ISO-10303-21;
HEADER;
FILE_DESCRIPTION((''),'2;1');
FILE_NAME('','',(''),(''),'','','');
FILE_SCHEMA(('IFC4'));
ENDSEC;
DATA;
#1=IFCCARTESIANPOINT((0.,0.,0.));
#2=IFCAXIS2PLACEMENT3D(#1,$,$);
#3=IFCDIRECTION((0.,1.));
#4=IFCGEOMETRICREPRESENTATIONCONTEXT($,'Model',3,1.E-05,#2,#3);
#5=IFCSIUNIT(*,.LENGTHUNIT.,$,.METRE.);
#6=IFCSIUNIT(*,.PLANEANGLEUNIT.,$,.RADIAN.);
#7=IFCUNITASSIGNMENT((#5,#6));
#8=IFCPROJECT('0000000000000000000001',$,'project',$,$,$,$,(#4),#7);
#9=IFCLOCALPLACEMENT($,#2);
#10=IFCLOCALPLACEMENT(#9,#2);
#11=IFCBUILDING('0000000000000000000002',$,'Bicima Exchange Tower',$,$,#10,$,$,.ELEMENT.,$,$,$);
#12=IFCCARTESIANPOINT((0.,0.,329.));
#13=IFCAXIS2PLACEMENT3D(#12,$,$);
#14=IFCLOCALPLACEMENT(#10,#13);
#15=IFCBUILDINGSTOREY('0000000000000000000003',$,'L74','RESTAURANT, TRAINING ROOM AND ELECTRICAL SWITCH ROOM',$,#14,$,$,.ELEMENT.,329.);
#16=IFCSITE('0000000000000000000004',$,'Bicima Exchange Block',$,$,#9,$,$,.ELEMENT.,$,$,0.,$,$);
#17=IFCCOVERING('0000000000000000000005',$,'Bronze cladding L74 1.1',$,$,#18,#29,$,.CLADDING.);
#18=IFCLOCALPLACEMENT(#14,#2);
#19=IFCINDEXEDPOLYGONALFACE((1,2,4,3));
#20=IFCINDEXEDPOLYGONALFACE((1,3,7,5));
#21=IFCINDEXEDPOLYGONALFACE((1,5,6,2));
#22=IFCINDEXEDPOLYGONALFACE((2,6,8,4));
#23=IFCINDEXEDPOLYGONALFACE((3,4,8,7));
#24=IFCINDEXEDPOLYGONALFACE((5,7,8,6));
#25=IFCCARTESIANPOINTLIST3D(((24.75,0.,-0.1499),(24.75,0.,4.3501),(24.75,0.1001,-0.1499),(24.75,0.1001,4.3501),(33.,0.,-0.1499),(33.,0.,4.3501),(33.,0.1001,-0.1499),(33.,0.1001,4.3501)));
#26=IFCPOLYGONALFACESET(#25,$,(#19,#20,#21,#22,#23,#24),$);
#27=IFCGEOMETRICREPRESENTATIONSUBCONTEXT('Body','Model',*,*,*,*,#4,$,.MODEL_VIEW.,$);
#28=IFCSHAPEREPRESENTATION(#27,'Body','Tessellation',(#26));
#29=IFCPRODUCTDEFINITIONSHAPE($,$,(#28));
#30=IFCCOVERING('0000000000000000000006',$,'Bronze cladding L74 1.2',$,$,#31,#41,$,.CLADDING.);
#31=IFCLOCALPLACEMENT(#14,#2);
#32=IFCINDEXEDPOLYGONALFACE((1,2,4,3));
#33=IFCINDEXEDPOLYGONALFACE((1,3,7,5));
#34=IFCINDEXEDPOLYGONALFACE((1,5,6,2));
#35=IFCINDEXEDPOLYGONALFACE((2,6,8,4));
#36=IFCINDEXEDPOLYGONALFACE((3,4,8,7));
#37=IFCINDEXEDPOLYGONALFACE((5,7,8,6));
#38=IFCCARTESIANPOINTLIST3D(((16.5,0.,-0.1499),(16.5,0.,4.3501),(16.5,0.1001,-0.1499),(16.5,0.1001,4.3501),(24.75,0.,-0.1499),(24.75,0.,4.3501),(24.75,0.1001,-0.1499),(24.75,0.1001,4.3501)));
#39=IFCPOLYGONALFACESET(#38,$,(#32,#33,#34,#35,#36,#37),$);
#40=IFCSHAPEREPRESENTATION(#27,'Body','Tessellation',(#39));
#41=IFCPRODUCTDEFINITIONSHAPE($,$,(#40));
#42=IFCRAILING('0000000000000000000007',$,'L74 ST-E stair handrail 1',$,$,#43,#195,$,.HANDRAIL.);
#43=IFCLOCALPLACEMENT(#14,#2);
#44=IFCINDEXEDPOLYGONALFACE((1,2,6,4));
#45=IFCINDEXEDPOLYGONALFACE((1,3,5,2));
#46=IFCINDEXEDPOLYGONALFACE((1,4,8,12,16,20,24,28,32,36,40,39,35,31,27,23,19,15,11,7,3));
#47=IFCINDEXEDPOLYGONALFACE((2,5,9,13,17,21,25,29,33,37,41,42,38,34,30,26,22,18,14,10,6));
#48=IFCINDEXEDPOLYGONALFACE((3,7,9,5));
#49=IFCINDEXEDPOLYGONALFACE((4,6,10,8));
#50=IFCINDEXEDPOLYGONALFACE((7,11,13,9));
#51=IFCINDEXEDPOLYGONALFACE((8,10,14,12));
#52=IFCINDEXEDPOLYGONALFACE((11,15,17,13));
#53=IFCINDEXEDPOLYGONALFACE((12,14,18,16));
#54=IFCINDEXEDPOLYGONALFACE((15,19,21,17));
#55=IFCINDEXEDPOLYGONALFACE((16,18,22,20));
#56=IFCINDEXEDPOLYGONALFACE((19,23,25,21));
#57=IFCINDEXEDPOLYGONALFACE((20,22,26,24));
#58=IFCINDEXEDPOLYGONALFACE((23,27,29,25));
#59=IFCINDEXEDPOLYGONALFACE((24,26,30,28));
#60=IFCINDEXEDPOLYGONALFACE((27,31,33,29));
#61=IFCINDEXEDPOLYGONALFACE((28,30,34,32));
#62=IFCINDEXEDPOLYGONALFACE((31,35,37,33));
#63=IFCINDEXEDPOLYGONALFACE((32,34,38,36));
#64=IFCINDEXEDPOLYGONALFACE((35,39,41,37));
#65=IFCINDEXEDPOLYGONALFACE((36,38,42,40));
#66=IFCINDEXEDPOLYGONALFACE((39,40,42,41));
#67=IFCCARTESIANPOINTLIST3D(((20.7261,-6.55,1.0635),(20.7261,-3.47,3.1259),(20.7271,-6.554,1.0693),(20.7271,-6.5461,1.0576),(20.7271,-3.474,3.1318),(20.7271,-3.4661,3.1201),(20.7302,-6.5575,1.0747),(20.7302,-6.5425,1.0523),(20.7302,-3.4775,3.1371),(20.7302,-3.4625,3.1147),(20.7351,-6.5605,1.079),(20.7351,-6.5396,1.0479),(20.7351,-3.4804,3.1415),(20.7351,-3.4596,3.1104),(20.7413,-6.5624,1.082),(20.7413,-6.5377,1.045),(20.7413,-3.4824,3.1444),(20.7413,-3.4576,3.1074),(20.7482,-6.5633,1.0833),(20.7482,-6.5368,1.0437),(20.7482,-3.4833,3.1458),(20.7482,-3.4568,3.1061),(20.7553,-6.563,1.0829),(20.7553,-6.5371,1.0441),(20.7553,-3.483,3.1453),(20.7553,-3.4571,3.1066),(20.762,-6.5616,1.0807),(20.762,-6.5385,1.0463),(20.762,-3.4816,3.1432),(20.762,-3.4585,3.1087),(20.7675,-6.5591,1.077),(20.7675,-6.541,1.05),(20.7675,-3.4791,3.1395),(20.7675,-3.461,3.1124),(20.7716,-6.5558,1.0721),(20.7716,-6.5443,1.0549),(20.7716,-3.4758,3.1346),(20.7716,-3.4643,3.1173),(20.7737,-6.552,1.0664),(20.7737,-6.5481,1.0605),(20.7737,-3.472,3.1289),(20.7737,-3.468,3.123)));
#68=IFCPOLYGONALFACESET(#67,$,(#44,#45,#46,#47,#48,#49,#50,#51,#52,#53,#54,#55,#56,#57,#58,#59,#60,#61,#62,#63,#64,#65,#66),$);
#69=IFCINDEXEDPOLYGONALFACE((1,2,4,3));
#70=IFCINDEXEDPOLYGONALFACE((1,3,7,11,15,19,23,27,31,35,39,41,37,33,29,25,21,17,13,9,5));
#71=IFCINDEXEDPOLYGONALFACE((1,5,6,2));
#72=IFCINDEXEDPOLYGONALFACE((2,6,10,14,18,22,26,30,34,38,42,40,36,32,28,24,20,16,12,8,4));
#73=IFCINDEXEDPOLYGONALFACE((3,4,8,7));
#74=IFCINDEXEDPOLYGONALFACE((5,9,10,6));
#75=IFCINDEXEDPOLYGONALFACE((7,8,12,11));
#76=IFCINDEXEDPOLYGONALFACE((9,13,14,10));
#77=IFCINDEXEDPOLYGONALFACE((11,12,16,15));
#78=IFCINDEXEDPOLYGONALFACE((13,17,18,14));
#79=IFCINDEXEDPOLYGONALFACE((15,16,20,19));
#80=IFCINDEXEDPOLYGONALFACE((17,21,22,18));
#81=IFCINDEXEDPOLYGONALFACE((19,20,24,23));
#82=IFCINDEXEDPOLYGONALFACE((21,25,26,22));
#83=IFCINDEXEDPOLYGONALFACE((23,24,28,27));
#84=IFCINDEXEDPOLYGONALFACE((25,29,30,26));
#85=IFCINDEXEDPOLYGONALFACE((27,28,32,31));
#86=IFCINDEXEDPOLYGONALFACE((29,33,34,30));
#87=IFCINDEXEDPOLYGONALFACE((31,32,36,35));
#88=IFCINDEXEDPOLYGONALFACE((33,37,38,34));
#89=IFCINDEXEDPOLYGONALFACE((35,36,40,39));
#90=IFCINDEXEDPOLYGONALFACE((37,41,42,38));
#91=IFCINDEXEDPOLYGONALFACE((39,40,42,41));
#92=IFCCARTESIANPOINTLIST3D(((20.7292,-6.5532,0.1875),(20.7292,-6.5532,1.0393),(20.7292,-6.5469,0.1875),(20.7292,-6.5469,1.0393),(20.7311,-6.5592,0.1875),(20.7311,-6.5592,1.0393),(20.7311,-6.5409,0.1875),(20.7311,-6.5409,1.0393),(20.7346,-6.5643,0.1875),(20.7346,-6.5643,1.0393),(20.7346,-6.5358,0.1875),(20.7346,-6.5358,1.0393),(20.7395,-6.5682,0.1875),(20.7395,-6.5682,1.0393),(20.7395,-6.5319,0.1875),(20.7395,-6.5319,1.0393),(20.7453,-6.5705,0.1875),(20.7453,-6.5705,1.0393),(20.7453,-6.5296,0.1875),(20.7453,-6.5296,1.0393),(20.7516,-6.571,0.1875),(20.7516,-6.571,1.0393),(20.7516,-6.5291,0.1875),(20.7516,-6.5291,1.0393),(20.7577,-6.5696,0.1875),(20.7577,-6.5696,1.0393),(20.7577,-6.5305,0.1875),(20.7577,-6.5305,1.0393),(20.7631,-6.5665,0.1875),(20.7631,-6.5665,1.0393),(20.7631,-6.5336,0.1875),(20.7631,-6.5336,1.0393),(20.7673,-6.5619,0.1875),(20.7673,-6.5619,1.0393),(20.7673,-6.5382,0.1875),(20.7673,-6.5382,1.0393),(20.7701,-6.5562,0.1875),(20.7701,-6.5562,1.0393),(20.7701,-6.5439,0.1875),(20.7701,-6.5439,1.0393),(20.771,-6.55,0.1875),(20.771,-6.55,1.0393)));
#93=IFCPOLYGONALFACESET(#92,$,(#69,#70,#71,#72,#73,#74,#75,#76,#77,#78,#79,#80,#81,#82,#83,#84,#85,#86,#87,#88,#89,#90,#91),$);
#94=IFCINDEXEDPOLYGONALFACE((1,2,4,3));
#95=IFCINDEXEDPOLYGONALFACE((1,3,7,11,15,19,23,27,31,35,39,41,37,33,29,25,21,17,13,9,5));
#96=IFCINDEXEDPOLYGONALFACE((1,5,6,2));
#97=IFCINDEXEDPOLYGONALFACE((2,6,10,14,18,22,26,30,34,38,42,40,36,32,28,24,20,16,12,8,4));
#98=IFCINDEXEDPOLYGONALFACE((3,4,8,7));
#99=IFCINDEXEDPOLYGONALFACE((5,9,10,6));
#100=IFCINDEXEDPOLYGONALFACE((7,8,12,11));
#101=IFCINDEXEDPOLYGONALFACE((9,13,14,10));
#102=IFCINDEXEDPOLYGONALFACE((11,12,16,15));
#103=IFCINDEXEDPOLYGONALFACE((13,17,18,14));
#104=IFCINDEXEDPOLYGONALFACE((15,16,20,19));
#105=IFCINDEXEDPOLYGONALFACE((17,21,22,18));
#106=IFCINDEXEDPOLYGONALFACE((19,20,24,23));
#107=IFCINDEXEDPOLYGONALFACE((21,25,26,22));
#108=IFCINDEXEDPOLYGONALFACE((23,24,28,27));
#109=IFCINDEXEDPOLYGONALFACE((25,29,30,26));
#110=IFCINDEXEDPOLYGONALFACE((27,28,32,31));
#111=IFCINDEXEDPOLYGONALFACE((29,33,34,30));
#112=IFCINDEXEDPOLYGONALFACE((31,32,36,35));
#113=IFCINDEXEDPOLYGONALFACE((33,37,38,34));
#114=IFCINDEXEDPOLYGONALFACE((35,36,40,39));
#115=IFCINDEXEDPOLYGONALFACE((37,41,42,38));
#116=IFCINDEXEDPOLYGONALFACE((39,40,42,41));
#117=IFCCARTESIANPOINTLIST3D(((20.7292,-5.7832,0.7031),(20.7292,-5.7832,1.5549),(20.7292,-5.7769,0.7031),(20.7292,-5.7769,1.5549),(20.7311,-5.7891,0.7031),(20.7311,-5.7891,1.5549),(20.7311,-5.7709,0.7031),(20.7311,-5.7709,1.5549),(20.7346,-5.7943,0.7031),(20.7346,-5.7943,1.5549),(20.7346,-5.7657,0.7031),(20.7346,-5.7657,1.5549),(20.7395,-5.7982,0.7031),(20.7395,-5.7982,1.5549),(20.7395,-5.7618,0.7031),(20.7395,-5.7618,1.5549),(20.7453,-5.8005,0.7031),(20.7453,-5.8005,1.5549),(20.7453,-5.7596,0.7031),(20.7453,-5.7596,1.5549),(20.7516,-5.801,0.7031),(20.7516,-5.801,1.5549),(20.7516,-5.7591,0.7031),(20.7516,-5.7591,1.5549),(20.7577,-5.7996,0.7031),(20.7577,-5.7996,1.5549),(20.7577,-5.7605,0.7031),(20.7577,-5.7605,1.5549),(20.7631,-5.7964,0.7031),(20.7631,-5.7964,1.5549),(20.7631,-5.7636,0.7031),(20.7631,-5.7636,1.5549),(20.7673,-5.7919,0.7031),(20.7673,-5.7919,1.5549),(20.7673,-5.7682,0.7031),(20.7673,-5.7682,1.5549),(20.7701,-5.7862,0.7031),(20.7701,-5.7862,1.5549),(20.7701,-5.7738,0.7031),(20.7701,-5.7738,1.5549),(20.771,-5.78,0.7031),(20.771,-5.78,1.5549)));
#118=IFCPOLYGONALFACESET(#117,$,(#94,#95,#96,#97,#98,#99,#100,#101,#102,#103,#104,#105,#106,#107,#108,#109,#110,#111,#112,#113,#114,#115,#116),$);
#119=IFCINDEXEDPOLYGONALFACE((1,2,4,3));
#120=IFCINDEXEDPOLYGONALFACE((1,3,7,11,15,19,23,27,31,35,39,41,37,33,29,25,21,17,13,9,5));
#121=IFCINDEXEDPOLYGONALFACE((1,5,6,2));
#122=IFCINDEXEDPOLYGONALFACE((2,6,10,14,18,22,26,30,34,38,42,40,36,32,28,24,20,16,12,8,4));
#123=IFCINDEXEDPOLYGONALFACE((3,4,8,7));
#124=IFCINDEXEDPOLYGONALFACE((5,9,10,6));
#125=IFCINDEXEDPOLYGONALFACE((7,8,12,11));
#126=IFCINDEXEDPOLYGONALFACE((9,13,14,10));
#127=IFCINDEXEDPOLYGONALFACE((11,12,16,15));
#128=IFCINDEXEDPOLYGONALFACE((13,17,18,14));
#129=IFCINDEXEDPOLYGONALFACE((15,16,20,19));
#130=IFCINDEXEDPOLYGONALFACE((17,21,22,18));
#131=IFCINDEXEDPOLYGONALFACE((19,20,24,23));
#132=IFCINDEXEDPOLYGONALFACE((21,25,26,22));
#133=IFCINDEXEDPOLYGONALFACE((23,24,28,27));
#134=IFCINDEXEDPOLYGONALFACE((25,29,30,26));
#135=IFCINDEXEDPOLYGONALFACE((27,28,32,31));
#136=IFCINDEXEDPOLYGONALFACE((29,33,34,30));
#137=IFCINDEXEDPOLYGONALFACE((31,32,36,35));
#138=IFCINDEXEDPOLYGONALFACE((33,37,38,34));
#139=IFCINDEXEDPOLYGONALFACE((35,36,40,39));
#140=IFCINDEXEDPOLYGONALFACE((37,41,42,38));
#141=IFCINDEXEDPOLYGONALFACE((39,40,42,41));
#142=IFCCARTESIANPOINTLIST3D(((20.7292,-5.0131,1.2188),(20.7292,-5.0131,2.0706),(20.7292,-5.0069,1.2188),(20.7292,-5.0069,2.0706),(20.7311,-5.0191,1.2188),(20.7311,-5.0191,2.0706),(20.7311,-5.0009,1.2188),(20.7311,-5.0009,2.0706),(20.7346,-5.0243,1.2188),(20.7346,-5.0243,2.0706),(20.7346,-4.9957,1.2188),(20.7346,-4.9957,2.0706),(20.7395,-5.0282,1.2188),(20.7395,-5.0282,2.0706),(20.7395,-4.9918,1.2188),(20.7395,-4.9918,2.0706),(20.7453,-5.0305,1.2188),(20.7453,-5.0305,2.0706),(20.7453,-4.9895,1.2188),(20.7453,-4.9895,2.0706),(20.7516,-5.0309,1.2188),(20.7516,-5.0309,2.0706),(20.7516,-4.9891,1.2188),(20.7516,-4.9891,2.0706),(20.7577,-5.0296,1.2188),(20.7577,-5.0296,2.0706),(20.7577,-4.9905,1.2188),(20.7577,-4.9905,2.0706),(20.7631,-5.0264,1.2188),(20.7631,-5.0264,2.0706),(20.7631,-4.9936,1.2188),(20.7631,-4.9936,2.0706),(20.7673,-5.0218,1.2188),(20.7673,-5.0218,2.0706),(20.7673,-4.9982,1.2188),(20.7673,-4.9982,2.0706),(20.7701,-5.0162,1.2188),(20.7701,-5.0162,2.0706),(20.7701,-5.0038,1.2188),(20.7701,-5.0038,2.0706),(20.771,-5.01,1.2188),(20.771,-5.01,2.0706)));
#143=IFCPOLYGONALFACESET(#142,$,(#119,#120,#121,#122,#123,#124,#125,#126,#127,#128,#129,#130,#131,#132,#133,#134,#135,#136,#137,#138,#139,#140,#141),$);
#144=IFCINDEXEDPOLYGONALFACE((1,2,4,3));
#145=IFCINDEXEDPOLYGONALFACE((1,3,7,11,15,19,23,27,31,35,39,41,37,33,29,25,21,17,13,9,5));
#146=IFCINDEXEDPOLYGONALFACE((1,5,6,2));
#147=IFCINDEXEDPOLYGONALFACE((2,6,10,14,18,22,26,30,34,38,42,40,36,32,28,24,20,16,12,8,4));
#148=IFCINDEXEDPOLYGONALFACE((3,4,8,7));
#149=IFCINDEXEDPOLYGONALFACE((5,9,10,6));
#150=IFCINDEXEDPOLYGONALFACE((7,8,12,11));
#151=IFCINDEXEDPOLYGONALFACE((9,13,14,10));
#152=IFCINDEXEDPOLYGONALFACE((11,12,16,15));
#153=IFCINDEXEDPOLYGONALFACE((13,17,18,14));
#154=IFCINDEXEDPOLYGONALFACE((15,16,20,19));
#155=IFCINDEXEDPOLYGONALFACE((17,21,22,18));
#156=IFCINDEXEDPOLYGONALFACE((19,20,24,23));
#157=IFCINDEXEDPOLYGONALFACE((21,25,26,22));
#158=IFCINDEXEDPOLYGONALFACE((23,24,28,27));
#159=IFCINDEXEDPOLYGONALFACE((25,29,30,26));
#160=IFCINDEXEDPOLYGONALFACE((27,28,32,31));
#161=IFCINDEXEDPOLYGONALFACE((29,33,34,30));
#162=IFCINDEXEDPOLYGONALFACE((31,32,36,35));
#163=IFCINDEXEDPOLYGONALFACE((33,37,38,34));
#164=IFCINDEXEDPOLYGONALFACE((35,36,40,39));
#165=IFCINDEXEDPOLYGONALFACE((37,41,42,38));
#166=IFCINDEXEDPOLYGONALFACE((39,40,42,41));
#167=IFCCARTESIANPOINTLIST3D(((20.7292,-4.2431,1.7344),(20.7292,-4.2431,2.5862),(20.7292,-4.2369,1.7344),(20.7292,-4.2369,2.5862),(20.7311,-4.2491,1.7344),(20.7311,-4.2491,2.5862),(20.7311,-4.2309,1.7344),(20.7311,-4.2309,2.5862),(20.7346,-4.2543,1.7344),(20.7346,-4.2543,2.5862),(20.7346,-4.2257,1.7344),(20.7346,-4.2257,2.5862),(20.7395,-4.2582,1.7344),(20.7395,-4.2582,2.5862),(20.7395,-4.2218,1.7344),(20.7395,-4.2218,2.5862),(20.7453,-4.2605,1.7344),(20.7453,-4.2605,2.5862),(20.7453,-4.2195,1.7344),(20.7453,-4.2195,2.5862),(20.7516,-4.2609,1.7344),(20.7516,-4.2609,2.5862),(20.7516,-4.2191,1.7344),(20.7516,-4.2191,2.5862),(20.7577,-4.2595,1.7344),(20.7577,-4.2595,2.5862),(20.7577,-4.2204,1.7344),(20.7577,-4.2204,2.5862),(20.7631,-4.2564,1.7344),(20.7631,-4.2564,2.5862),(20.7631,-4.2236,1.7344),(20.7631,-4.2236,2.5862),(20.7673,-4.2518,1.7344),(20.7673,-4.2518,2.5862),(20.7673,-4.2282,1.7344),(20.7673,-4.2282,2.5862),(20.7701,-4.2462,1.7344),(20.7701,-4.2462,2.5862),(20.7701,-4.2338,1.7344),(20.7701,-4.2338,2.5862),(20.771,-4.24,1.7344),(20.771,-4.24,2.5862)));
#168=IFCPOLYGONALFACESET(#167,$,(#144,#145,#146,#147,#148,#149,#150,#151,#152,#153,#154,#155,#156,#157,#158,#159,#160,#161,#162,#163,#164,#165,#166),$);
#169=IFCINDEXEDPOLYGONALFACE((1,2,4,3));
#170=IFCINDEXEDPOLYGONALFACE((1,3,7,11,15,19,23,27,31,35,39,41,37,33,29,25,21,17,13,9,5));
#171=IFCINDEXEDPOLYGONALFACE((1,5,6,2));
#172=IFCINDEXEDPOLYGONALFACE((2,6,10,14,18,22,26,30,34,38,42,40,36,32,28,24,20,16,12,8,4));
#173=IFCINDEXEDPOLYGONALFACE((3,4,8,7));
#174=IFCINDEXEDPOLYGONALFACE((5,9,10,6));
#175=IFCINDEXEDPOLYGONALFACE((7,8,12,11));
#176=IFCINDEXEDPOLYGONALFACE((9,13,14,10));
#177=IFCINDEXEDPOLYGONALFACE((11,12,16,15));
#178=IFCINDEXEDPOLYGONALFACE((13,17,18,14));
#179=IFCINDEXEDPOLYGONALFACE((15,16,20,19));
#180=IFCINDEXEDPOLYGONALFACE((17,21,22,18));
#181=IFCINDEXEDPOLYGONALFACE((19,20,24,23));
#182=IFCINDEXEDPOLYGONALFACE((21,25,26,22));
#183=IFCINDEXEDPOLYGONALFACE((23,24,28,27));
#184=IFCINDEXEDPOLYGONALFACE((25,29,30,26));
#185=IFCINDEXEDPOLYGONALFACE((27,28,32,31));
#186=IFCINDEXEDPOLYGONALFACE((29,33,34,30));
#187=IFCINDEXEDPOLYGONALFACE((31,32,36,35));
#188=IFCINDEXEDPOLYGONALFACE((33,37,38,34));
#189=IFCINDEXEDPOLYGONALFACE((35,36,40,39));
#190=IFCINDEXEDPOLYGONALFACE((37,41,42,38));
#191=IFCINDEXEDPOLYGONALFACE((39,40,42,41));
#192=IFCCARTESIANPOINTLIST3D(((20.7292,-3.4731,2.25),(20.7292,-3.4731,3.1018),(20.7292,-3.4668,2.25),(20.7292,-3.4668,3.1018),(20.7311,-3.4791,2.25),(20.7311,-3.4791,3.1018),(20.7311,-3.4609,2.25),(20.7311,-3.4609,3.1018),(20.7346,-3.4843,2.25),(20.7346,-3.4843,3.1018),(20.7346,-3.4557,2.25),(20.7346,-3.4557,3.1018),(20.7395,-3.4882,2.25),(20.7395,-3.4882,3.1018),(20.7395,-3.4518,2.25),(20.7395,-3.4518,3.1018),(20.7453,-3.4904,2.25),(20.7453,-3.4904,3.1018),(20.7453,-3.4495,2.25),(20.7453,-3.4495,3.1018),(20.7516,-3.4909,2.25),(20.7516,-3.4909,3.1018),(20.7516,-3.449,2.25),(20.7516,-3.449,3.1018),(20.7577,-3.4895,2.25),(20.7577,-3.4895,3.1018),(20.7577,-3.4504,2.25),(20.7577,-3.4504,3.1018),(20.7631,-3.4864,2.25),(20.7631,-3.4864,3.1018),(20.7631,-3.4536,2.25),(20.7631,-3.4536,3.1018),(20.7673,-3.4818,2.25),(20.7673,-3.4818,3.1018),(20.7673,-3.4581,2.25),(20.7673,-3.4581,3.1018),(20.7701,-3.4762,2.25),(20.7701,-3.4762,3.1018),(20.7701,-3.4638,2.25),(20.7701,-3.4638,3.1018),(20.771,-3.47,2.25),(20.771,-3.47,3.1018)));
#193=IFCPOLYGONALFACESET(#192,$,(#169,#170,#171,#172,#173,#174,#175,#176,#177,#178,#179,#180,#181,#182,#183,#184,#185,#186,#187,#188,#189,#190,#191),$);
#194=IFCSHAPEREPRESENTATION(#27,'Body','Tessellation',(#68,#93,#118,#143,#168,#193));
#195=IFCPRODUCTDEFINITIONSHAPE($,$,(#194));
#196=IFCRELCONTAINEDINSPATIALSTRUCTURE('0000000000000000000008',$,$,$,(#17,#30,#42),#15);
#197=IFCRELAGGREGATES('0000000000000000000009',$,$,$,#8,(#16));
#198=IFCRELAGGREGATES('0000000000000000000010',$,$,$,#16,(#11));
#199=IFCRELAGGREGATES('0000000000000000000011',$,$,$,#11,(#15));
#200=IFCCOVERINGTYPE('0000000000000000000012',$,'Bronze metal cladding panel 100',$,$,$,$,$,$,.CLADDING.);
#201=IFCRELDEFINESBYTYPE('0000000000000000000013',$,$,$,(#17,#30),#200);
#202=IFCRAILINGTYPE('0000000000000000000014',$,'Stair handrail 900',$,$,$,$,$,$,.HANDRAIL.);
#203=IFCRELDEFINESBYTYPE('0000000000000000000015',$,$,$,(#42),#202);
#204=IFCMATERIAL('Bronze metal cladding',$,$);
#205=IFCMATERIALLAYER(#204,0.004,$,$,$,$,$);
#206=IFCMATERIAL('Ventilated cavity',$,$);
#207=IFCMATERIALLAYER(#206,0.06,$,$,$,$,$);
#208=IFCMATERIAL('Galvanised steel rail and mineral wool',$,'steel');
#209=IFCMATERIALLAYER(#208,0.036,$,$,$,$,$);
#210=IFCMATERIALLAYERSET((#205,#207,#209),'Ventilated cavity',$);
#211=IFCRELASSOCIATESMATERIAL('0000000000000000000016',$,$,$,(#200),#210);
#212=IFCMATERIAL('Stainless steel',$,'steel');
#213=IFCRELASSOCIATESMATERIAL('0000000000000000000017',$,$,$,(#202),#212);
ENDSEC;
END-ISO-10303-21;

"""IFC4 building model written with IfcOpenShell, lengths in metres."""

from ifc_helpers import new_model, si_unit, direction, frame, origin, origin_2d, place, context, subcontext, project, spatial, rectangle, circle, extrude, material, layer, layer_set, type_object, element, save


model = new_model("IFC4")

# Units and contexts
model_context = context("Model", 3, precision=1e-05, world=origin(), true_north=direction((0.0, 1.0)))
body_context = subcontext(model_context, "Body", "Model", "MODEL_VIEW")
ifc_project = project(units=[si_unit("LENGTHUNIT", "METRE"), si_unit("PLANEANGLEUNIT", "RADIAN")], contexts=[model_context])

# Site, building, storey
site_placement = place(None, origin())
site = spatial("IfcSite", under=ifc_project, at=site_placement, Name="Bicima Exchange Block", CompositionType="ELEMENT", RefElevation=0.0)
building_placement = place(site_placement, origin())
building = spatial("IfcBuilding", under=site, at=building_placement, Name="Bicima Exchange Tower", CompositionType="ELEMENT")
storey_placement = place(building_placement, frame((0.0, 0.0, 329.0)))
storey = spatial("IfcBuildingStorey", under=building, at=storey_placement, Name="L74", Description="RESTAURANT, TRAINING ROOM AND ELECTRICAL SWITCH ROOM", CompositionType="ELEMENT", Elevation=329.0)

# Coverings
ifc_material_1 = material(Name="Bronze metal cladding")
ifc_layer_1 = layer(ifc_material_1, 0.004)
ifc_material_2 = material(Name="Ventilated cavity")
ifc_layer_2 = layer(ifc_material_2, 0.06)
ifc_material_3 = material(Name="Galvanised steel rail and mineral wool", Category="steel")
ifc_layer_3 = layer(ifc_material_3, 0.036)
ifc_layer_set_1 = layer_set([ifc_layer_1, ifc_layer_2, ifc_layer_3], Name="Ventilated cavity")
covering_type = type_object("IfcCoveringType", Name="Bronze metal cladding panel 100", PredefinedType="CLADDING", material=ifc_layer_set_1)
for number, where, z_axis, x_axis, name in (
    (1, (28.875, 0.05, -0.1499), (0.0, 0.0, 1.0), (-1.0, 0.0, 0.0), "Bronze cladding L74 1.1"),
    (2, (20.625, 0.05, -0.1499), (0.0, 0.0, 1.0), (-1.0, 0.0, 0.0), "Bronze cladding L74 1.2"),
):
    element("IfcCovering", number, at=place(storey_placement, frame(where, z_axis=z_axis, x_axis=x_axis)), inside=storey, type_object=covering_type, Name=name, PredefinedType="CLADDING", context=body_context, shape_type="SweptSolid", body=[
        extrude(rectangle(XDim=8.25, YDim=0.1001, at=origin_2d()), origin(), (0.0, 0.0, 1.0), 4.5),
    ])

# Railing
ifc_material_4 = material(Name="Stainless steel", Category="steel")
railing_type_1 = type_object("IfcRailingType", Name="Stair handrail 900", PredefinedType="HANDRAIL", material=ifc_material_4)
railing_1_placement = place(storey_placement, frame((20.75, -6.55, 0.1875)))
element("IfcRailing", 3, at=railing_1_placement, inside=storey, type_object=railing_type_1, Name="L74 ST-E stair handrail 1", PredefinedType="HANDRAIL", context=body_context, shape_type="SweptSolid", body=[
    extrude(circle(Radius=0.0239, at=origin_2d()), frame((0.0, 0.0, 0.876), z_axis=(0.0, 0.830914, 0.556401), x_axis=(-1.0, 0.0, 0.0)), (0.0, 0.0, 1.0), 3.7068),
    extrude(circle(Radius=0.021, at=origin_2d()), origin(), (0.0, 0.0, 1.0), 0.8518),
    extrude(circle(Radius=0.021, at=origin_2d()), frame((0.0, 0.77, 0.5156)), (0.0, 0.0, 1.0), 0.8518),
    extrude(circle(Radius=0.021, at=origin_2d()), frame((0.0, 1.54, 1.0312)), (0.0, 0.0, 1.0), 0.8518),
    extrude(circle(Radius=0.021, at=origin_2d()), frame((0.0, 2.3101, 1.5469)), (0.0, 0.0, 1.0), 0.8518),
    extrude(circle(Radius=0.021, at=origin_2d()), frame((0.0, 3.0801, 2.0625)), (0.0, 0.0, 1.0), 0.8518),
])

save(model, "model.ifc")
